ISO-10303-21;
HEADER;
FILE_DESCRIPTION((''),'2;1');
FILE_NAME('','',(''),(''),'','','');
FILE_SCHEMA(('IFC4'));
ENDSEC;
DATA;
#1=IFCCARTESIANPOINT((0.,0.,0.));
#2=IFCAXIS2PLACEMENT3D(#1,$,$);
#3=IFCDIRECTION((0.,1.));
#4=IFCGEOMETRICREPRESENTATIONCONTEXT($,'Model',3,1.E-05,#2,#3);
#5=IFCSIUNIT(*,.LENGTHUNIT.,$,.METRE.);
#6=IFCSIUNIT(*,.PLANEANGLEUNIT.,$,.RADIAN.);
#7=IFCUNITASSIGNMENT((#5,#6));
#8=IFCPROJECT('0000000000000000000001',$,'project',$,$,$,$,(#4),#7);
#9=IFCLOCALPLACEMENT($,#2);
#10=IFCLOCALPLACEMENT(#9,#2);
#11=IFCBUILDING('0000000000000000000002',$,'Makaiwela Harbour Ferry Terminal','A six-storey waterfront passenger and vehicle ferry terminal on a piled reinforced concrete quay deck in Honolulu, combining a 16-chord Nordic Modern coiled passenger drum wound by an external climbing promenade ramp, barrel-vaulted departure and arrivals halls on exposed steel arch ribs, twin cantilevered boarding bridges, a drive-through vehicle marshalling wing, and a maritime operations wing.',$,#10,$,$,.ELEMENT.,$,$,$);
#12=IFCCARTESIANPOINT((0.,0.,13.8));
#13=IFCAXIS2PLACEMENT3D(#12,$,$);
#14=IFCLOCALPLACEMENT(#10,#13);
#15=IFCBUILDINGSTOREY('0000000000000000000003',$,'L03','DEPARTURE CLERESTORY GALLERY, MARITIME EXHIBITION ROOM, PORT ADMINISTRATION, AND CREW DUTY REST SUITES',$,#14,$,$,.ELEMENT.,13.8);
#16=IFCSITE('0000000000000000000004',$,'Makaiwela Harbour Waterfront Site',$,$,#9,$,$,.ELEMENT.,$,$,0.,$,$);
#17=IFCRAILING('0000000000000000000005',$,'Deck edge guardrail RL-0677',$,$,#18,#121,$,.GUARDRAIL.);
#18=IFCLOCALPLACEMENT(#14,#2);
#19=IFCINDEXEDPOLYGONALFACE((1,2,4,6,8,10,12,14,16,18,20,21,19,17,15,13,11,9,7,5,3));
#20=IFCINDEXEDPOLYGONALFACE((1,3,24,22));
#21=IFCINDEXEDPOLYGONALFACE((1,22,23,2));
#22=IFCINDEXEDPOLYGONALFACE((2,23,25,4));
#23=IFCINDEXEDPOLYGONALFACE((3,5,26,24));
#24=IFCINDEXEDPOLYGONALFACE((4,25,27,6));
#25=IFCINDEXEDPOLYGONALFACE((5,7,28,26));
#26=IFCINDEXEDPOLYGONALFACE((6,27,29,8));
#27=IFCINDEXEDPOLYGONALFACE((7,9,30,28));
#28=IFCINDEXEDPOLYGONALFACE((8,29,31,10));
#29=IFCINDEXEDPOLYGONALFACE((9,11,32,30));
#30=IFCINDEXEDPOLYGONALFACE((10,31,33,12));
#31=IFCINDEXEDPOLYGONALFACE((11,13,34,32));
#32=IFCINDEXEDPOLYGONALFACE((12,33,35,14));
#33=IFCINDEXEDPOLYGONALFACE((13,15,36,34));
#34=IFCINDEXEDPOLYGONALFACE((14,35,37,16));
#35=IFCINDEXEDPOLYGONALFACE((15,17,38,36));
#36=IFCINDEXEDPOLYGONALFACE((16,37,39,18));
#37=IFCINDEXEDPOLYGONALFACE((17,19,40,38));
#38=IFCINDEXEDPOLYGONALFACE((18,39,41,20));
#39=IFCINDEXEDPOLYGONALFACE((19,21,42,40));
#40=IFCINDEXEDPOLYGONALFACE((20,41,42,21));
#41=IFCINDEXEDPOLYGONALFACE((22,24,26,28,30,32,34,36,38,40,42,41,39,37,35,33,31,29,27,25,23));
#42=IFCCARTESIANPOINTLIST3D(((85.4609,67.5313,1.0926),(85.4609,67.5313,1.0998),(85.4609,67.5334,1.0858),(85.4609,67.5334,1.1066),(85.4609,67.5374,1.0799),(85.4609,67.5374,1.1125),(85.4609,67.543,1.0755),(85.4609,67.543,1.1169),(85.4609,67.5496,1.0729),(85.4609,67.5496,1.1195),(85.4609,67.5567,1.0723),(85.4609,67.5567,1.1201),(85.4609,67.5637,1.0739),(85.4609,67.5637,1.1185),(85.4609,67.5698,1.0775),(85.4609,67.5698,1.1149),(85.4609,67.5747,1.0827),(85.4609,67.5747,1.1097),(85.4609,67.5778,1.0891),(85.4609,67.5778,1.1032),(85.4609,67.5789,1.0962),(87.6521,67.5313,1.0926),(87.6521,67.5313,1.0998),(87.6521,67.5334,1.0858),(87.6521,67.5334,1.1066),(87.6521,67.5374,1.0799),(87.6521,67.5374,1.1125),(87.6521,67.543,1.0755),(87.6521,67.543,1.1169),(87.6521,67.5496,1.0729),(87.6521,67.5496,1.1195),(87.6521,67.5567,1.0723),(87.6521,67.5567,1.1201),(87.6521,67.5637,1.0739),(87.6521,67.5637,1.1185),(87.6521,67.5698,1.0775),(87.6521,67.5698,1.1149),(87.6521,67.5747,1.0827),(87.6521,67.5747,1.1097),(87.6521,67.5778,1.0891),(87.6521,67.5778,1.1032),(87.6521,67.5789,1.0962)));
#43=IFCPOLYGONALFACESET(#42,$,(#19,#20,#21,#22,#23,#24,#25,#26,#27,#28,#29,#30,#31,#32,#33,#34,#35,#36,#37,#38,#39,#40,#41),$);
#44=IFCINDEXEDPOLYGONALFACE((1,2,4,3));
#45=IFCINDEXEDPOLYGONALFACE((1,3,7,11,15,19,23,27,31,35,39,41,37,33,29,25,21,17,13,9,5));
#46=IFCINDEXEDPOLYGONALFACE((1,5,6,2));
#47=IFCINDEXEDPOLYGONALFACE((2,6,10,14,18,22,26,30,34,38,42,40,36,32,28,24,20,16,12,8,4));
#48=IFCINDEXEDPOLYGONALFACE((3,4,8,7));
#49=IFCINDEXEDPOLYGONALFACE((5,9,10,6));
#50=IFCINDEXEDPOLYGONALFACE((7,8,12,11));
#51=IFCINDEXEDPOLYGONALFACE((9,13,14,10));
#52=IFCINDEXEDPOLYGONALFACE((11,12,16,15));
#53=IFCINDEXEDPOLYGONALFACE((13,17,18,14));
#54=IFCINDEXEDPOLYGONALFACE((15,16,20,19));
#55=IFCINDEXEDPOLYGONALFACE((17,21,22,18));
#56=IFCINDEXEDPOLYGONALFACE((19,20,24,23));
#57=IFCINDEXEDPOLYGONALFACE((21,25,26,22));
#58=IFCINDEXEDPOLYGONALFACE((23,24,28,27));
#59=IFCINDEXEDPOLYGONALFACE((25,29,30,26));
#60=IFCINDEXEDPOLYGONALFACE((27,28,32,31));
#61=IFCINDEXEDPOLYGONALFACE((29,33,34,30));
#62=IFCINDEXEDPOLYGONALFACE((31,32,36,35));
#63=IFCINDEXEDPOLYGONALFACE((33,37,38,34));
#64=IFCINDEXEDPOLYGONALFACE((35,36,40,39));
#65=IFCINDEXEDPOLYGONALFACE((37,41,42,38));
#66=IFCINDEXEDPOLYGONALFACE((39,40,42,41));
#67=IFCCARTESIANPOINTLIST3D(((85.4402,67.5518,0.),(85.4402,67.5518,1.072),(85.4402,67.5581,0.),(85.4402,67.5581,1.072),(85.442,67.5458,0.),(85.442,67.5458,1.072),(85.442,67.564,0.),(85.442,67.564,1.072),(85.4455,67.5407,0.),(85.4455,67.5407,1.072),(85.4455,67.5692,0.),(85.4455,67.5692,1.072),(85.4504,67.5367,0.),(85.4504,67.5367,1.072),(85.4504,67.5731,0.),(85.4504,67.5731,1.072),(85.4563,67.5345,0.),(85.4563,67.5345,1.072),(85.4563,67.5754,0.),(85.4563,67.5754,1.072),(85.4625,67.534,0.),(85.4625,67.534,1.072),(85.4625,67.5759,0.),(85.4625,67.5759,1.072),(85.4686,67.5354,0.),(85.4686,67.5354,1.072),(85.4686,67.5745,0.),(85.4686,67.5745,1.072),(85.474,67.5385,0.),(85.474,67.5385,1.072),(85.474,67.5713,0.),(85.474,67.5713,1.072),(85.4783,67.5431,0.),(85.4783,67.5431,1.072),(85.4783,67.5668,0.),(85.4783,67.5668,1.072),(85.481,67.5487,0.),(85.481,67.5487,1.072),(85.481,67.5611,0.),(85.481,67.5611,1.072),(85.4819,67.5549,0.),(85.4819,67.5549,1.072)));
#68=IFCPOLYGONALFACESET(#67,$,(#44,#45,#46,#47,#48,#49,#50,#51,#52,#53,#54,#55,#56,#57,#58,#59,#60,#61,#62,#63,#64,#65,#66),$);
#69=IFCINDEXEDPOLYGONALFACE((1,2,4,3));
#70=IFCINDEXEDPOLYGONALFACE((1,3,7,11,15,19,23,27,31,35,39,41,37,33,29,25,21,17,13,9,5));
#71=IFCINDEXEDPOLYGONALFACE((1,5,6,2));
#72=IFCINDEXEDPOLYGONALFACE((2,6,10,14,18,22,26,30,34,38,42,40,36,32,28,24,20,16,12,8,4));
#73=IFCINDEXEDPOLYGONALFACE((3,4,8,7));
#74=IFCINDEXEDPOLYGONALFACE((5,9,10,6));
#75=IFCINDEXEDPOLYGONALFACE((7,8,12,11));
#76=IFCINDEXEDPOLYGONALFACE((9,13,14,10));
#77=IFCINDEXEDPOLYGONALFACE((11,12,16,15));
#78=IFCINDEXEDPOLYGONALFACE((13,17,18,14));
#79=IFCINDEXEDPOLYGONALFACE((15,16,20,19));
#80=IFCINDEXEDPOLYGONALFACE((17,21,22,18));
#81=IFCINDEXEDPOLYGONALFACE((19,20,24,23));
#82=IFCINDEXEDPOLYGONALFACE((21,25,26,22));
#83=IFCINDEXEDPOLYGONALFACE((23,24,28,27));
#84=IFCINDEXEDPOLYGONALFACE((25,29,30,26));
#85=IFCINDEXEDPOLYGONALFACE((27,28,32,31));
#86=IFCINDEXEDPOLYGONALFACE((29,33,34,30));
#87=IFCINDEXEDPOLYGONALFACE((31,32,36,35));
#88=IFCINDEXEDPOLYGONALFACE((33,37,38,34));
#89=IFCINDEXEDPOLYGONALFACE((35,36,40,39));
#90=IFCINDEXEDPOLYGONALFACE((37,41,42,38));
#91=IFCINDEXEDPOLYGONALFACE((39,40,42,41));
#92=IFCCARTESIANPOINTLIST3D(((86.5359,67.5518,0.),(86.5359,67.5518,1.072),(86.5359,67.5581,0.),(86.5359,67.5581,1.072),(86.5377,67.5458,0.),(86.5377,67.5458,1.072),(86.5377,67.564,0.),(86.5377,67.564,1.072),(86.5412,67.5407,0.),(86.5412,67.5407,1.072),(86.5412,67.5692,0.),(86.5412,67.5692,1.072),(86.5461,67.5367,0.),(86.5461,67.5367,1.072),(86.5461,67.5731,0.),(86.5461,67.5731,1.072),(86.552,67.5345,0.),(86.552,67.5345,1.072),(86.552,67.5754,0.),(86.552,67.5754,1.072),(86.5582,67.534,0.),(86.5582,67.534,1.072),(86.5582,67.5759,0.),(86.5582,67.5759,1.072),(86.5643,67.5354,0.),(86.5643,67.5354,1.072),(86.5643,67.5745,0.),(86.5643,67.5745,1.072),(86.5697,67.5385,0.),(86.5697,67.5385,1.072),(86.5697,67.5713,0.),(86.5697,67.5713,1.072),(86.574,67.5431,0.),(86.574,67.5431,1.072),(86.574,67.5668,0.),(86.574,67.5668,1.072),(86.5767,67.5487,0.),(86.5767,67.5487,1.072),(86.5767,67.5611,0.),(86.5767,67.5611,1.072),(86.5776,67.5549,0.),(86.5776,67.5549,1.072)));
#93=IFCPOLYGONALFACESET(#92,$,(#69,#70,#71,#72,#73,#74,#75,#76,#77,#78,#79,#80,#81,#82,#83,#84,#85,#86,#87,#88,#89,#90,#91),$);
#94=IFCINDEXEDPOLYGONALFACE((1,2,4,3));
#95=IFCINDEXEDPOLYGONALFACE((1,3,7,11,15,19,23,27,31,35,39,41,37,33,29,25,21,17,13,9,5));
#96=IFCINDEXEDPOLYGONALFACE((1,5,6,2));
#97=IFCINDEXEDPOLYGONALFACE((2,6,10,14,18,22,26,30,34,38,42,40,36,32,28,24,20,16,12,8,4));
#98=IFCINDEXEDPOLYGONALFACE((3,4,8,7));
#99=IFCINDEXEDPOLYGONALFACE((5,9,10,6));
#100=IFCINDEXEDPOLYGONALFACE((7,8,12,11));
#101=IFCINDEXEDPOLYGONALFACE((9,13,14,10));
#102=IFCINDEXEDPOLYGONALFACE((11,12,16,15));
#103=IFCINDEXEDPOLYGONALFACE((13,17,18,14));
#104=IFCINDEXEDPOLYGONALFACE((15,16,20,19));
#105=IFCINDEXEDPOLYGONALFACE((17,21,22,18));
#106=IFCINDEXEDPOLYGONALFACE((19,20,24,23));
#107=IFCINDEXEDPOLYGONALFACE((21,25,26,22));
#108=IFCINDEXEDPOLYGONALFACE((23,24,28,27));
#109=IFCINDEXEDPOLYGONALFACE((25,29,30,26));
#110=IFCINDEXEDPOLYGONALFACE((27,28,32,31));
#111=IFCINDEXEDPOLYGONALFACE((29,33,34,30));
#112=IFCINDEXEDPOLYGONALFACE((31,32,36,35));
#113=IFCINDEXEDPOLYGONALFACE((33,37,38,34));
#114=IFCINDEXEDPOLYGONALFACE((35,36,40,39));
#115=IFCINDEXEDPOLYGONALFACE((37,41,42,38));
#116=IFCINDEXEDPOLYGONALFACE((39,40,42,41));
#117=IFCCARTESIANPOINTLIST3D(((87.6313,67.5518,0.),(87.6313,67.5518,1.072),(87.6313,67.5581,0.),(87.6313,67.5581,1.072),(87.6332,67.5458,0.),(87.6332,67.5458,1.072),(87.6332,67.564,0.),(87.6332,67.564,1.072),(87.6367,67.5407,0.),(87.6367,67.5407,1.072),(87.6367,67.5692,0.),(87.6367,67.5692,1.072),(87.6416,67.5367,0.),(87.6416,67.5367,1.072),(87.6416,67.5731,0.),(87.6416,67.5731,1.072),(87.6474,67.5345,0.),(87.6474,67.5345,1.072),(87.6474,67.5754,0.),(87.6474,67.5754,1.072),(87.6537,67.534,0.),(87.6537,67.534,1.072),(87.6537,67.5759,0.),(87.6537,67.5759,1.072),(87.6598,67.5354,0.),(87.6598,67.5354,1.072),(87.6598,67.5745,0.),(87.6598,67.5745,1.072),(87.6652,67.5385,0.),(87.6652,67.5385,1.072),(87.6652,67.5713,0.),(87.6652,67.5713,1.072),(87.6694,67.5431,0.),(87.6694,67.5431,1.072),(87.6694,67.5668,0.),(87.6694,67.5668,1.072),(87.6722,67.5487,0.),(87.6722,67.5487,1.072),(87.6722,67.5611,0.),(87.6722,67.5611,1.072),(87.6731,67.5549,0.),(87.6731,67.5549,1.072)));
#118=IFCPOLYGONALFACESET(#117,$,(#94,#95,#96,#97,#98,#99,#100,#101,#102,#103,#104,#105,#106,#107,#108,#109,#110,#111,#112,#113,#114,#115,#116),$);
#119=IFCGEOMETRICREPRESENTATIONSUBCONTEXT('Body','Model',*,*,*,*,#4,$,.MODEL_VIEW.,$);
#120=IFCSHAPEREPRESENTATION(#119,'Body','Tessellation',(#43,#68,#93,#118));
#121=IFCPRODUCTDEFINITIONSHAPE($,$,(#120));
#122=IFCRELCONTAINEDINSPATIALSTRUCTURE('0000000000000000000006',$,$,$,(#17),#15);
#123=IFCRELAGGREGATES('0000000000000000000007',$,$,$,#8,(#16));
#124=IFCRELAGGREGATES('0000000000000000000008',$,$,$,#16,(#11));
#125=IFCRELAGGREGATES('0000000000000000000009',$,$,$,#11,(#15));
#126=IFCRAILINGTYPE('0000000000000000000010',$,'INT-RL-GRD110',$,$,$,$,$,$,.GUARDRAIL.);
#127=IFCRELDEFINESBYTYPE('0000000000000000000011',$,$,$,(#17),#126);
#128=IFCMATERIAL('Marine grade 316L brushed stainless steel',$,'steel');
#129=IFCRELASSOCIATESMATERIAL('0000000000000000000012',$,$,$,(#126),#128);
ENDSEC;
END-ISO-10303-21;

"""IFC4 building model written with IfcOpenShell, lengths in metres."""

from ifc_helpers import new_model, si_unit, direction, frame, origin, origin_2d, place, context, subcontext, project, spatial, circle, extrude, material, type_object, element, save


model = new_model("IFC4")

# Units and contexts
model_context = context("Model", 3, precision=1e-05, world=origin(), true_north=direction((0.0, 1.0)))
body_context = subcontext(model_context, "Body", "Model", "MODEL_VIEW")
ifc_project = project(units=[si_unit("LENGTHUNIT", "METRE"), si_unit("PLANEANGLEUNIT", "RADIAN")], contexts=[model_context])

# Site, building, storey
site_placement = place(None, origin())
site = spatial("IfcSite", under=ifc_project, at=site_placement, Name="Makaiwela Harbour Waterfront Site", CompositionType="ELEMENT", RefElevation=0.0)
building_placement = place(site_placement, origin())
building = spatial("IfcBuilding", under=site, at=building_placement, Name="Makaiwela Harbour Ferry Terminal", Description="A six-storey waterfront passenger and vehicle ferry terminal on a piled reinforced concrete quay deck in Honolulu, combining a 16-chord Nordic Modern coiled passenger drum wound by an external climbing promenade ramp, barrel-vaulted departure and arrivals halls on exposed steel arch ribs, twin cantilevered boarding bridges, a drive-through vehicle marshalling wing, and a maritime operations wing.", CompositionType="ELEMENT")
storey_placement = place(building_placement, frame((0.0, 0.0, 13.8)))
storey = spatial("IfcBuildingStorey", under=building, at=storey_placement, Name="L03", Description="DEPARTURE CLERESTORY GALLERY, MARITIME EXHIBITION ROOM, PORT ADMINISTRATION, AND CREW DUTY REST SUITES", CompositionType="ELEMENT", Elevation=13.8)

# Railing
ifc_material_1 = material(Name="Marine grade 316L brushed stainless steel", Category="steel")
railing_type = type_object("IfcRailingType", Name="INT-RL-GRD110", PredefinedType="GUARDRAIL", material=ifc_material_1)
railing_1_placement = place(storey_placement, frame((85.4609, 67.5549, 0.0)))
element("IfcRailing", 1, at=railing_1_placement, inside=storey, type_object=railing_type, Name="Deck edge guardrail RL-0677", PredefinedType="GUARDRAIL", context=body_context, shape_type="SweptSolid", body=[
    extrude(circle(Radius=0.0239, at=origin_2d()), frame((0.0, 0.0, 1.0962), z_axis=(1.0, 0.0, 0.0), x_axis=(0.0, 1.0, 0.0)), (0.0, 0.0, 1.0), 2.1912),
    extrude(circle(Radius=0.021, at=origin_2d()), origin(), (0.0, 0.0, 1.0), 1.072),
    extrude(circle(Radius=0.021, at=origin_2d()), frame((1.0957, 0.0, 0.0)), (0.0, 0.0, 1.0), 1.072),
    extrude(circle(Radius=0.021, at=origin_2d()), frame((2.1912, 0.0, 0.0)), (0.0, 0.0, 1.0), 1.072),
])

save(model, "model.ifc")
